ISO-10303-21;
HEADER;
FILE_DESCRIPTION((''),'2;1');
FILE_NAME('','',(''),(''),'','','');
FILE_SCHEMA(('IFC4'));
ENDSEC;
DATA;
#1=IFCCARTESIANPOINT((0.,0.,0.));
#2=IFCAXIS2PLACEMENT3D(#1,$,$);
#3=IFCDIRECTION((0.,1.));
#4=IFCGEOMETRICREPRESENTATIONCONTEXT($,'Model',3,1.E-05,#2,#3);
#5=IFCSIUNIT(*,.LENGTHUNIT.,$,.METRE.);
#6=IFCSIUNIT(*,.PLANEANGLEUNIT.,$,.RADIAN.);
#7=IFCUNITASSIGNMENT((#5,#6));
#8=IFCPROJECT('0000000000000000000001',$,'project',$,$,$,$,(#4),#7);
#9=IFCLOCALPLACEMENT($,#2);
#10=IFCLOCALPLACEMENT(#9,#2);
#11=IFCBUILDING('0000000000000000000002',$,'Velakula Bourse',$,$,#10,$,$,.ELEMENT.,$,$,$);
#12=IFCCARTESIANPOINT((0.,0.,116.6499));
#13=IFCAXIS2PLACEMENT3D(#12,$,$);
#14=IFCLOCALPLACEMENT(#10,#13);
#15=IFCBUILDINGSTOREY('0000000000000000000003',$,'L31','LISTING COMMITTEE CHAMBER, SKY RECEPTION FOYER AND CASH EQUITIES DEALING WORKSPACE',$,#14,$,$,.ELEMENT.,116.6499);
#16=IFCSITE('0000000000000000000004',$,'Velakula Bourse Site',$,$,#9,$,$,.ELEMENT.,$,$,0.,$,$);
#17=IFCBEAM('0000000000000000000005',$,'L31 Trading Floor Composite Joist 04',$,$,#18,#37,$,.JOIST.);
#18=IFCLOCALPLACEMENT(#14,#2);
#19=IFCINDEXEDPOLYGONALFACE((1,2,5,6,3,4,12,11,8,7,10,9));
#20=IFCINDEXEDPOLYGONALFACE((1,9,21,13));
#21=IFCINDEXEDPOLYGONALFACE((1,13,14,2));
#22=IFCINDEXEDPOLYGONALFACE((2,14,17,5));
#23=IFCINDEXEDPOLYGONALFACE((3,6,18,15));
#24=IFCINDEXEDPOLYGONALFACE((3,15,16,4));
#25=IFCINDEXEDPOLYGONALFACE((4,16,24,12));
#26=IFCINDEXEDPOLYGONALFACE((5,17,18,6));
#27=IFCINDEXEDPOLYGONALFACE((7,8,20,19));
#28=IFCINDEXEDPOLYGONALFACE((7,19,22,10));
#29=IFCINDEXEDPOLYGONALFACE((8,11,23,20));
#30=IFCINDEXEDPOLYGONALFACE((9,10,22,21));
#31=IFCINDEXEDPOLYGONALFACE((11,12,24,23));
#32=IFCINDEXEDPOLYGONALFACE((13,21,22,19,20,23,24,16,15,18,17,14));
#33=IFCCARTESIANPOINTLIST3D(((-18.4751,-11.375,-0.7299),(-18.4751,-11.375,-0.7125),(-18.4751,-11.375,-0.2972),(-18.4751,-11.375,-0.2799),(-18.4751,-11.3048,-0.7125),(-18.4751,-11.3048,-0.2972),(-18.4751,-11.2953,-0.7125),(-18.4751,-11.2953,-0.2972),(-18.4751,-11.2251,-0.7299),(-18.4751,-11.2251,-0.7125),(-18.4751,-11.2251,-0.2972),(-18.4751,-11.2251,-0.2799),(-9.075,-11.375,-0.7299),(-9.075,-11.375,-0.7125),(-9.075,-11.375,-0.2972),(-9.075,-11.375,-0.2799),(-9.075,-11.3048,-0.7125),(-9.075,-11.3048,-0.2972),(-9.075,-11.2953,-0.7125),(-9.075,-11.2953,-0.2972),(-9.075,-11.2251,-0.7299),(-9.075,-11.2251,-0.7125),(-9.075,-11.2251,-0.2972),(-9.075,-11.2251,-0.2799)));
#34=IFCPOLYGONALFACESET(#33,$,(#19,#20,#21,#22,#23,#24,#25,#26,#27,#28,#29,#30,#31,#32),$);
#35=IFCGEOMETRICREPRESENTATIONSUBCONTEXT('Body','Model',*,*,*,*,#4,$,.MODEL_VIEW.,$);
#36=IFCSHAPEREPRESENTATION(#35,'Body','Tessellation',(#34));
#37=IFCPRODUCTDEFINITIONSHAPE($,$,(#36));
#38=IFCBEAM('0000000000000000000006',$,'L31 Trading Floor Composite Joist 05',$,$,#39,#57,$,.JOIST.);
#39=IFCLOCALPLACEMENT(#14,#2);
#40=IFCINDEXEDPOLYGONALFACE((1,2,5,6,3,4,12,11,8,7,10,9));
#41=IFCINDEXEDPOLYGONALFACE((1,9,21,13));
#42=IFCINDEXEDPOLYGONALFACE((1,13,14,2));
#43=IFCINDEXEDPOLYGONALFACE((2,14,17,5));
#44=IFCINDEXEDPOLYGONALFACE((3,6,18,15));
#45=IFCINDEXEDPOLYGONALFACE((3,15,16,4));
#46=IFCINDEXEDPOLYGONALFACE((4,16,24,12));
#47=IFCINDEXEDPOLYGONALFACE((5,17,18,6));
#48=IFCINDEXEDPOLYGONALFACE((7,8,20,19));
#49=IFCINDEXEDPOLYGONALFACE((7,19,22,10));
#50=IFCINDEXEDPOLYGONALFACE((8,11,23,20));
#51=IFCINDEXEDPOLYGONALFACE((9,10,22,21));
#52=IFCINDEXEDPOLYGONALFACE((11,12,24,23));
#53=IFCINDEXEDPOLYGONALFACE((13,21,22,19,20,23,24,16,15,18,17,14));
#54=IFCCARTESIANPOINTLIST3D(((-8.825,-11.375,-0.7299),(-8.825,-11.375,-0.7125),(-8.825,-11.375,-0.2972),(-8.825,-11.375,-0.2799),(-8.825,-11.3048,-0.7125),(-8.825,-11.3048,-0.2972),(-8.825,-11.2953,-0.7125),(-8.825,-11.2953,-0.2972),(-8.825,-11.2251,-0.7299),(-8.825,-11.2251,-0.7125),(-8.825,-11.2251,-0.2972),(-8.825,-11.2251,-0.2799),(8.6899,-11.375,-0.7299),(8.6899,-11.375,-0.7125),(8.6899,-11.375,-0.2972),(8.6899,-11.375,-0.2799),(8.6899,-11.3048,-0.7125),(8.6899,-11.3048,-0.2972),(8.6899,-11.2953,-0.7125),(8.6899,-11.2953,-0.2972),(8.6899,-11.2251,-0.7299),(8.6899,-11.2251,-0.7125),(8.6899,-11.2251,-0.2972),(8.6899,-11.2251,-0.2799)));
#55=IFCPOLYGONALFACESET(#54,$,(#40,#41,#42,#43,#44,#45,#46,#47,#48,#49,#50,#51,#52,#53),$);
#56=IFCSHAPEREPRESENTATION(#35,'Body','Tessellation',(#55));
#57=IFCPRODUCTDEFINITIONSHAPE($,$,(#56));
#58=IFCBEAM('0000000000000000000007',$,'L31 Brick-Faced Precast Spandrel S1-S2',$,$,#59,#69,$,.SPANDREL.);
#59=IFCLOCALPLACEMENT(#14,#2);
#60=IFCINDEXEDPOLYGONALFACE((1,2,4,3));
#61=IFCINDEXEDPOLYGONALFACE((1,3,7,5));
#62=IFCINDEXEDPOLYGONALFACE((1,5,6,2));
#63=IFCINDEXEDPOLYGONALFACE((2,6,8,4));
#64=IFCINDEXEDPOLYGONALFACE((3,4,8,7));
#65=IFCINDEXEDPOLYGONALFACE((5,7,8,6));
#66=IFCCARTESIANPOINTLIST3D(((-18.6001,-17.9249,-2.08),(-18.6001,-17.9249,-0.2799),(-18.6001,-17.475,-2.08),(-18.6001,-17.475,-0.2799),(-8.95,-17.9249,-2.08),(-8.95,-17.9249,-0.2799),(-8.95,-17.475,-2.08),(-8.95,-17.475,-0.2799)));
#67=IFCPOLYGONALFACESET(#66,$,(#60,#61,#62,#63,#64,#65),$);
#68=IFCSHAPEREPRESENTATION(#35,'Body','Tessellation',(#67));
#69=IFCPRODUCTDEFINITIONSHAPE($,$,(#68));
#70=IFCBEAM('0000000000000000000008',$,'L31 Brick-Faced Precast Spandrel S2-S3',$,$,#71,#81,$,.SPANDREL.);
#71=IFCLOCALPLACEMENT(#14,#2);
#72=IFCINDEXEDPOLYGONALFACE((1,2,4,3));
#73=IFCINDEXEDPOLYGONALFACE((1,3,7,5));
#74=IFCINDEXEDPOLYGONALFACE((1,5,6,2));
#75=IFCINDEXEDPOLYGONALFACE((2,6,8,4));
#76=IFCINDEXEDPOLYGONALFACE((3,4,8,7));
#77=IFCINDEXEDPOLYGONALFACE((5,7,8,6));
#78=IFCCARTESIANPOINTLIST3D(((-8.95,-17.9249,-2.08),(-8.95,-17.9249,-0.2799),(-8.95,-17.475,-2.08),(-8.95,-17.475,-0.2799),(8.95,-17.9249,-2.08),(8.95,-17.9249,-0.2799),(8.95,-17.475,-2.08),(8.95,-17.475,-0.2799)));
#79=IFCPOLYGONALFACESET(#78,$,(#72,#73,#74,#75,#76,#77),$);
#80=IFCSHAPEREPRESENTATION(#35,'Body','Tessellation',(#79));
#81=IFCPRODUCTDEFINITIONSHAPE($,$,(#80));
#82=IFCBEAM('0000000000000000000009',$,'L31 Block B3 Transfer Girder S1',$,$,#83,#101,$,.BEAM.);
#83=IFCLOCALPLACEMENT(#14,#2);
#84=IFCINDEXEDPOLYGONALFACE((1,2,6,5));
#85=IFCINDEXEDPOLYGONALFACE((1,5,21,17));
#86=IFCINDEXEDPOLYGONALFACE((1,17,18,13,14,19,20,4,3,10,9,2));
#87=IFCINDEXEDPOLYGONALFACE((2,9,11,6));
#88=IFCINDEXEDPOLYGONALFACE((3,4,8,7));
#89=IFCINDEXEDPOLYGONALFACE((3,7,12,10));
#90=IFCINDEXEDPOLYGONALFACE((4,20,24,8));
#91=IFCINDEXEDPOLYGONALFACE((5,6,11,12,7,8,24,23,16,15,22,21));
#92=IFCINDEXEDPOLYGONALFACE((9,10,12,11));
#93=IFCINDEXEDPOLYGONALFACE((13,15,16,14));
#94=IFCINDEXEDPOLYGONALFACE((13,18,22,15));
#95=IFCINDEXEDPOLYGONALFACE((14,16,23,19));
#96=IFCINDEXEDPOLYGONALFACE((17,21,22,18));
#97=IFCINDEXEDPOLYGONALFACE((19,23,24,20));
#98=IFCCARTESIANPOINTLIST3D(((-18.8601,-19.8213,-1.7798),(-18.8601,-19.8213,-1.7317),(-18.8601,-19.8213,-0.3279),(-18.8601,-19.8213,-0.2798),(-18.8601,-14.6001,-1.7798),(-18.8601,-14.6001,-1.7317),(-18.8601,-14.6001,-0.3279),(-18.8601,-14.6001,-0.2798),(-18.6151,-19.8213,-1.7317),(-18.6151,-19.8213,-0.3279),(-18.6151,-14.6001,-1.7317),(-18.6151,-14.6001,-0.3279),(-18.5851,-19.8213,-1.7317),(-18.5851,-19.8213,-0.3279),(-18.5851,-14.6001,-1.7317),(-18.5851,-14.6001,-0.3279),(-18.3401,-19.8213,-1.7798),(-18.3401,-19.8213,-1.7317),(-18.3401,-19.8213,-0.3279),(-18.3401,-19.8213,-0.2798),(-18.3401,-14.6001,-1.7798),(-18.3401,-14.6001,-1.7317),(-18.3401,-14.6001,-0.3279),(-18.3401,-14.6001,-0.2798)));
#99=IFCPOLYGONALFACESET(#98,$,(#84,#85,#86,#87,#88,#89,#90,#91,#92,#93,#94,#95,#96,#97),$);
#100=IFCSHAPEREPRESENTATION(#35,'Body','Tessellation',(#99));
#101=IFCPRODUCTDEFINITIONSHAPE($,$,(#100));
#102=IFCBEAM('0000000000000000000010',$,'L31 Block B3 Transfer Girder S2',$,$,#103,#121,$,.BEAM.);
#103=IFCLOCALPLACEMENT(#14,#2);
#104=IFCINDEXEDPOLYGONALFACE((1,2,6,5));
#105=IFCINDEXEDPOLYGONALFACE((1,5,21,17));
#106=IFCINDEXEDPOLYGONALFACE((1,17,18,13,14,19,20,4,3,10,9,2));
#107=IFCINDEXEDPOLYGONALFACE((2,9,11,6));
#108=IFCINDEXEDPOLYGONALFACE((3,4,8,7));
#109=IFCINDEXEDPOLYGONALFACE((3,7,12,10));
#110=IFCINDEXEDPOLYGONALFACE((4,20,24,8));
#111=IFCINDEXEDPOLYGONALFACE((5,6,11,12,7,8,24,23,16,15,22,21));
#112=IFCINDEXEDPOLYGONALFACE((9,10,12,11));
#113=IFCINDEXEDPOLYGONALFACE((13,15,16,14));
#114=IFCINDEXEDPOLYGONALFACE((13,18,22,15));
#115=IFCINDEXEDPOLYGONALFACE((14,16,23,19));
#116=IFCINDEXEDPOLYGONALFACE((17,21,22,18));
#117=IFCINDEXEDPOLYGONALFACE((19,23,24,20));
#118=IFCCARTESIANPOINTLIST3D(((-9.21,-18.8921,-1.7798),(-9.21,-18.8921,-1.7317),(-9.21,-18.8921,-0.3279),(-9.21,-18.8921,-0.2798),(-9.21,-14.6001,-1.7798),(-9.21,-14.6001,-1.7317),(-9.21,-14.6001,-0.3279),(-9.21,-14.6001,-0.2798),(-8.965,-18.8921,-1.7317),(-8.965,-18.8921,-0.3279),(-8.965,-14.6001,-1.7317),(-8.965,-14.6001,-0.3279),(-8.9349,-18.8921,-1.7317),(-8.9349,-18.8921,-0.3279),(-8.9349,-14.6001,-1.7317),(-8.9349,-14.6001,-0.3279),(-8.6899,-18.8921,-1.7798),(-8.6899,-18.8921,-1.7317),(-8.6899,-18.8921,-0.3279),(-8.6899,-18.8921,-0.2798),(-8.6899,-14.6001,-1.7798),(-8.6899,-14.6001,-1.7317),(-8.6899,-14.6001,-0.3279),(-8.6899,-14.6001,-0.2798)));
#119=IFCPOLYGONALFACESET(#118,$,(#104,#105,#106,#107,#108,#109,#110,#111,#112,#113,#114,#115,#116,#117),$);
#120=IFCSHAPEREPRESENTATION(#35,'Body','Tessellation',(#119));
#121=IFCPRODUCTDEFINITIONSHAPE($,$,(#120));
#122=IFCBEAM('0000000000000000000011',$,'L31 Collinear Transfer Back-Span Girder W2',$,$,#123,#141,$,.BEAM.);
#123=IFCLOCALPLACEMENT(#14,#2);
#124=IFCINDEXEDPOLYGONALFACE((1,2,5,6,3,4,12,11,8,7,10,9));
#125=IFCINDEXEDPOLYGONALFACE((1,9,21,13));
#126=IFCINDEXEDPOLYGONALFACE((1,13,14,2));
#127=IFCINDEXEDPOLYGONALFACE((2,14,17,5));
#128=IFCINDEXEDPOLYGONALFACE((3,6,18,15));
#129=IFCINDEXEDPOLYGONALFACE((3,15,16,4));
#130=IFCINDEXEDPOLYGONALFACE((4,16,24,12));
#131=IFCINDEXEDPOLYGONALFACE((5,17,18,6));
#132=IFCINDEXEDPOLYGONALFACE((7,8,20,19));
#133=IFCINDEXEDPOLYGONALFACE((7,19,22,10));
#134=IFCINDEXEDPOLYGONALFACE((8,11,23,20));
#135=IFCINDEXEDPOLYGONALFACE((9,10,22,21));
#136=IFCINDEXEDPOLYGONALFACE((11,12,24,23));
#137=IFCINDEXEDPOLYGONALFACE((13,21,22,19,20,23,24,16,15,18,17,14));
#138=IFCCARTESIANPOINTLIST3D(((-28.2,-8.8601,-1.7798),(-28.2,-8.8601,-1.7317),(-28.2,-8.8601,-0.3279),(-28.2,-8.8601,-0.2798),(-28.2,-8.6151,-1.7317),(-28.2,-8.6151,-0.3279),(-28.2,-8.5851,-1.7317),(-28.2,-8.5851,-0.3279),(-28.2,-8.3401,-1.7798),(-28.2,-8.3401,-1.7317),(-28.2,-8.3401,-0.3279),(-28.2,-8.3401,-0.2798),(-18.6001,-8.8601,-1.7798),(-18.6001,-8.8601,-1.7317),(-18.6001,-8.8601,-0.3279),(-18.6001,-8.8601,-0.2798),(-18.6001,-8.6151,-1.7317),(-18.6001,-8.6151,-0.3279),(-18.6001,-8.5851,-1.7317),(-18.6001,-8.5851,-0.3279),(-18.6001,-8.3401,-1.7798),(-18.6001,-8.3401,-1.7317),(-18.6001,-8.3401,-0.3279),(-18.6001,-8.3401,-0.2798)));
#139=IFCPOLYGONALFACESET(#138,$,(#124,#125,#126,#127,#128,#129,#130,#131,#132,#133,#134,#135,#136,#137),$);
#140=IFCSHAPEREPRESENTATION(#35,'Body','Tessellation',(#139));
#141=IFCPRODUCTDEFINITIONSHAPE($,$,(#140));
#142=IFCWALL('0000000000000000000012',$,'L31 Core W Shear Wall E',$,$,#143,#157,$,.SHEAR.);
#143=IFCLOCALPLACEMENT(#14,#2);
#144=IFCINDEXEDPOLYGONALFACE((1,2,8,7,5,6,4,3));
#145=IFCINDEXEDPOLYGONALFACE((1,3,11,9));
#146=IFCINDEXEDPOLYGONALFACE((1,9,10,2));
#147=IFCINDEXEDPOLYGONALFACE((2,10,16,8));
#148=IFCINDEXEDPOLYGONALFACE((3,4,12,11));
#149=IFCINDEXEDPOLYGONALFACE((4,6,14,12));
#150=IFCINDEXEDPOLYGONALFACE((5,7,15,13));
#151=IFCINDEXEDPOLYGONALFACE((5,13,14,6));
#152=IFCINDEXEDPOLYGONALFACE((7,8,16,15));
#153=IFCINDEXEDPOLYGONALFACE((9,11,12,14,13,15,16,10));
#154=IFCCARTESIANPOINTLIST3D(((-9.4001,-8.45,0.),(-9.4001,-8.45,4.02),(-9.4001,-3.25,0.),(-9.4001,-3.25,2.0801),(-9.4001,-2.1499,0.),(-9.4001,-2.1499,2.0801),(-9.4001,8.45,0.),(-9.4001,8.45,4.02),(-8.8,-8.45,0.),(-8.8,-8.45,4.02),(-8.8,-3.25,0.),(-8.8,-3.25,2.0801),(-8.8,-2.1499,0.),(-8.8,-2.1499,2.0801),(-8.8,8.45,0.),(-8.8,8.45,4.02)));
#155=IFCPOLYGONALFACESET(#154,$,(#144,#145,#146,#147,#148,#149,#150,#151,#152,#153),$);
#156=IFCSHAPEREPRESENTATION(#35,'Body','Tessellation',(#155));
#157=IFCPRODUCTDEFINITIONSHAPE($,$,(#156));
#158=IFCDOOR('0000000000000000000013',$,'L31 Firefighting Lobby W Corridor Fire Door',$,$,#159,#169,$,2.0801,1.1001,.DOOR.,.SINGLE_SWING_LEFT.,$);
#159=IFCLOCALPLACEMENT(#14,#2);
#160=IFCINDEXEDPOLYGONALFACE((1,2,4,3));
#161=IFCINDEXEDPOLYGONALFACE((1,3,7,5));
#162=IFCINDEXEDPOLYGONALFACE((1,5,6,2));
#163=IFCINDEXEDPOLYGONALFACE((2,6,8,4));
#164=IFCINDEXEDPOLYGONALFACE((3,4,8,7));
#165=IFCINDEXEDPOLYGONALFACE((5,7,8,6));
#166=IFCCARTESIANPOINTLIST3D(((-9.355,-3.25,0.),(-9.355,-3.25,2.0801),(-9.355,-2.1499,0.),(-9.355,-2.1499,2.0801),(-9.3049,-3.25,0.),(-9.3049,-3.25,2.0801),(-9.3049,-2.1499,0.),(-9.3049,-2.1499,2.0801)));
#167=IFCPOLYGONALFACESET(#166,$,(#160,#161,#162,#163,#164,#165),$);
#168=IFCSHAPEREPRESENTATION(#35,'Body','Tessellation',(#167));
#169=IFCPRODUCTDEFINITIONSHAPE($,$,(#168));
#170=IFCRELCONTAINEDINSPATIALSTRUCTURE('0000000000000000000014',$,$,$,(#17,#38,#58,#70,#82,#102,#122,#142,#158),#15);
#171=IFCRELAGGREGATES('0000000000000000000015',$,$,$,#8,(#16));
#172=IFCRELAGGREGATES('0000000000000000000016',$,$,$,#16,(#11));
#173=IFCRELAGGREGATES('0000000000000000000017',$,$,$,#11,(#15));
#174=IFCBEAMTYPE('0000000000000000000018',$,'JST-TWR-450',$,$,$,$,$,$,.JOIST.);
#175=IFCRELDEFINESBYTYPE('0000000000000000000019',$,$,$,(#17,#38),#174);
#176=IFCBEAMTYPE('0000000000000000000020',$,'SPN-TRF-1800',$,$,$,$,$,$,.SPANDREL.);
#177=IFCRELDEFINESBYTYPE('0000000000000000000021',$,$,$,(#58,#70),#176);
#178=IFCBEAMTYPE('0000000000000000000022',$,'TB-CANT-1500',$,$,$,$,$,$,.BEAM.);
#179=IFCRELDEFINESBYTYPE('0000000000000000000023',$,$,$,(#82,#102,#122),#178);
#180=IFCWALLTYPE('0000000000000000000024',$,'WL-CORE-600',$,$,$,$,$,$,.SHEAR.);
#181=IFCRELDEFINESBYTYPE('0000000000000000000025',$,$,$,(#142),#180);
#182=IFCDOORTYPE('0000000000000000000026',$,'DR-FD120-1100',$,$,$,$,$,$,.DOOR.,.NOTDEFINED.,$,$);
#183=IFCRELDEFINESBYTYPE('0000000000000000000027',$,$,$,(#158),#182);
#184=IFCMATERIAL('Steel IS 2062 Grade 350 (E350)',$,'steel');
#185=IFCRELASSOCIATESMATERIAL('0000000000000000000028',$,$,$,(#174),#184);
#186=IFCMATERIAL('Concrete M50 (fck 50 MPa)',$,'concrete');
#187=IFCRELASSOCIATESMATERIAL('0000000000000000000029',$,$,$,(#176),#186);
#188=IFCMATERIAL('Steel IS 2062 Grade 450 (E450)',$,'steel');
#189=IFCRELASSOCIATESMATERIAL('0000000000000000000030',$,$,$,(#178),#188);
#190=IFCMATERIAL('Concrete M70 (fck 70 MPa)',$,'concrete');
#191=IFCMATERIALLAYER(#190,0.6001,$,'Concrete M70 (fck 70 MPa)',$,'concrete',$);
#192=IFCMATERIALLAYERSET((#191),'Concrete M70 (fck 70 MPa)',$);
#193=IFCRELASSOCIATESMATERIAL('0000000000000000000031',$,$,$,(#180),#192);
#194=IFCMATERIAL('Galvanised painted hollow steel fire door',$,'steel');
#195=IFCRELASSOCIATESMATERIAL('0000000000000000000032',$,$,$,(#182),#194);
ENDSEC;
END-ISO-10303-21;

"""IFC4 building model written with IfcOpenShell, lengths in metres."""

from ifc_helpers import new_model, si_unit, direction, frame, frame_2d, origin, origin_2d, place, context, subcontext, project, spatial, rectangle, i_section, extrude, material, layer, layer_set, material_profile, profile_set, type_object, element, fill, save


model = new_model("IFC4")

# Units and contexts
model_context = context("Model", 3, precision=1e-05, world=origin(), true_north=direction((0.0, 1.0)))
body_context = subcontext(model_context, "Body", "Model", "MODEL_VIEW")
ifc_project = project(units=[si_unit("LENGTHUNIT", "METRE"), si_unit("PLANEANGLEUNIT", "RADIAN")], contexts=[model_context])

# Site, building, storey
site_placement = place(None, origin())
site = spatial("IfcSite", under=ifc_project, at=site_placement, Name="Velakula Bourse Site", CompositionType="ELEMENT", RefElevation=0.0)
building_placement = place(site_placement, origin())
building = spatial("IfcBuilding", under=site, at=building_placement, Name="Velakula Bourse", CompositionType="ELEMENT")
storey_placement = place(building_placement, frame((0.0, 0.0, 116.6499)))
storey = spatial("IfcBuildingStorey", under=building, at=storey_placement, Name="L31", Description="LISTING COMMITTEE CHAMBER, SKY RECEPTION FOYER AND CASH EQUITIES DEALING WORKSPACE", CompositionType="ELEMENT", Elevation=116.6499)

# Shared definitions
ifc_material_1 = material(Name="Concrete M70 (fck 70 MPa)", Category="concrete")
ifc_material_2 = material(Name="Steel IS 2062 Grade 350 (E350)", Category="steel")

# Beams
ifc_material_profile_1 = material_profile(ifc_material_2, i_section(OverallWidth=0.1499, OverallDepth=0.45, WebThickness=0.0095, FlangeThickness=0.0173, at=origin_2d()), Name="Steel IS 2062 Grade 350 (E350)")
ifc_profile_set_1 = profile_set([ifc_material_profile_1], Name="Steel IS 2062 Grade 350 (E350)")
beam_type_1 = type_object("IfcBeamType", Name="JST-TWR-450", PredefinedType="JOIST", material=ifc_profile_set_1)
beam_1_placement = place(storey_placement, frame((-18.4751, -11.3, -0.5049), z_axis=(1.0, 0.0, 0.0), x_axis=(0.0, 1.0, 0.0)))
element("IfcBeam", 1, at=beam_1_placement, inside=storey, type_object=beam_type_1, Name="L31 Trading Floor Composite Joist 04", PredefinedType="JOIST", context=body_context, shape_type="SweptSolid", body=[
    extrude(i_section(OverallWidth=0.1499, OverallDepth=0.45, WebThickness=0.0095, FlangeThickness=0.0173, at=origin_2d()), origin(), (0.0, 0.0, 1.0), 9.4001),
])
beam_2_placement = place(storey_placement, frame((-8.825, -11.3, -0.5049), z_axis=(1.0, 0.0, 0.0), x_axis=(0.0, 1.0, 0.0)))
element("IfcBeam", 2, at=beam_2_placement, inside=storey, type_object=beam_type_1, Name="L31 Trading Floor Composite Joist 05", PredefinedType="JOIST", context=body_context, shape_type="SweptSolid", body=[
    extrude(i_section(OverallWidth=0.1499, OverallDepth=0.45, WebThickness=0.0095, FlangeThickness=0.0173, at=origin_2d()), origin(), (0.0, 0.0, 1.0), 17.5149),
])
ifc_material_3 = material(Name="Concrete M50 (fck 50 MPa)", Category="concrete")
ifc_material_profile_2 = material_profile(ifc_material_3, rectangle(XDim=0.45, YDim=1.8, at=origin_2d()), Name="Concrete M50 (fck 50 MPa)")
ifc_profile_set_2 = profile_set([ifc_material_profile_2], Name="Concrete M50 (fck 50 MPa)")
beam_type_2 = type_object("IfcBeamType", Name="SPN-TRF-1800", PredefinedType="SPANDREL", material=ifc_profile_set_2)
beam_3_placement = place(storey_placement, frame((-18.6001, -17.7, -1.1799), z_axis=(1.0, 0.0, 0.0), x_axis=(0.0, 1.0, 0.0)))
element("IfcBeam", 3, at=beam_3_placement, inside=storey, type_object=beam_type_2, Name="L31 Brick-Faced Precast Spandrel S1-S2", PredefinedType="SPANDREL", context=body_context, shape_type="SweptSolid", body=[
    extrude(rectangle(XDim=0.45, YDim=1.8, at=origin_2d()), origin(), (0.0, 0.0, 1.0), 9.6501),
])
beam_4_placement = place(storey_placement, frame((-8.95, -17.7, -1.1799), z_axis=(1.0, 0.0, 0.0), x_axis=(0.0, 1.0, 0.0)))
element("IfcBeam", 4, at=beam_4_placement, inside=storey, type_object=beam_type_2, Name="L31 Brick-Faced Precast Spandrel S2-S3", PredefinedType="SPANDREL", context=body_context, shape_type="SweptSolid", body=[
    extrude(rectangle(XDim=0.45, YDim=1.8, at=origin_2d()), origin(), (0.0, 0.0, 1.0), 17.8999),
])
ifc_material_4 = material(Name="Steel IS 2062 Grade 450 (E450)", Category="steel")
ifc_material_profile_3 = material_profile(ifc_material_4, i_section(OverallWidth=0.52, OverallDepth=1.5, WebThickness=0.03, FlangeThickness=0.0481, at=origin_2d()), Name="Steel IS 2062 Grade 450 (E450)")
ifc_profile_set_3 = profile_set([ifc_material_profile_3], Name="Steel IS 2062 Grade 450 (E450)")
beam_type_3 = type_object("IfcBeamType", Name="TB-CANT-1500", PredefinedType="BEAM", material=ifc_profile_set_3)
beam_5_placement = place(storey_placement, frame((-18.6001, -19.8213, -1.0298), z_axis=(0.0, 1.0, 0.0), x_axis=(-1.0, 0.0, 0.0)))
element("IfcBeam", 5, at=beam_5_placement, inside=storey, type_object=beam_type_3, Name="L31 Block B3 Transfer Girder S1", PredefinedType="BEAM", context=body_context, shape_type="SweptSolid", body=[
    extrude(i_section(OverallWidth=0.52, OverallDepth=1.5, WebThickness=0.03, FlangeThickness=0.0481, at=origin_2d()), origin(), (0.0, 0.0, 1.0), 5.2212),
])
beam_6_placement = place(storey_placement, frame((-8.95, -18.8921, -1.0298), z_axis=(0.0, 1.0, 0.0), x_axis=(-1.0, 0.0, 0.0)))
element("IfcBeam", 6, at=beam_6_placement, inside=storey, type_object=beam_type_3, Name="L31 Block B3 Transfer Girder S2", PredefinedType="BEAM", context=body_context, shape_type="SweptSolid", body=[
    extrude(i_section(OverallWidth=0.52, OverallDepth=1.5, WebThickness=0.03, FlangeThickness=0.0481, at=origin_2d()), origin(), (0.0, 0.0, 1.0), 4.292),
])
beam_7_placement = place(storey_placement, frame((-18.6001, -8.6001, -1.0298), z_axis=(-1.0, 0.0, 0.0), x_axis=(0.0, -1.0, 0.0)))
element("IfcBeam", 7, at=beam_7_placement, inside=storey, type_object=beam_type_3, Name="L31 Collinear Transfer Back-Span Girder W2", PredefinedType="BEAM", context=body_context, shape_type="SweptSolid", body=[
    extrude(i_section(OverallWidth=0.52, OverallDepth=1.5, WebThickness=0.03, FlangeThickness=0.0481, at=origin_2d()), origin(), (0.0, 0.0, 1.0), 9.5999),
])

# Wall, opening, door
ifc_layer_1 = layer(ifc_material_1, 0.6001, Name="Concrete M70 (fck 70 MPa)", Category="concrete")
ifc_layer_set_1 = layer_set([ifc_layer_1], Name="Concrete M70 (fck 70 MPa)")
wall_type_1 = type_object("IfcWallType", Name="WL-CORE-600", PredefinedType="SHEAR", material=ifc_layer_set_1)
wall_1_placement = place(storey_placement, frame((-9.1001, -8.45, 0.0), z_axis=(0.0, 0.0, 1.0), x_axis=(0.0, 1.0, 0.0)))
wall_1 = element("IfcWall", 8, at=wall_1_placement, inside=storey, type_object=wall_type_1, Name="L31 Core W Shear Wall E", PredefinedType="SHEAR", context=body_context, shape_type="SweptSolid", body=[
    extrude(rectangle(XDim=16.8999, YDim=0.6001, at=frame_2d((8.45, 0.0))), origin(), (0.0, 0.0, 1.0), 4.02),
])
opening_1_placement = place(wall_1_placement, frame((5.2, 0.0, 0.0)))
opening_1 = element("IfcOpeningElement", 9, at=opening_1_placement, cuts=wall_1, PredefinedType="OPENING", context=body_context, shape_type="SweptSolid", body=[
    extrude(rectangle(XDim=1.1001, YDim=2.0801, at=frame_2d((0.55, 1.04))), frame((0.0, 0.3101, 0.0), z_axis=(0.0, -1.0, 0.0), x_axis=(1.0, 0.0, 0.0)), (0.0, 0.0, 1.0), 0.6201),
])
ifc_material_5 = material(Name="Galvanised painted hollow steel fire door", Category="steel")
door_type = type_object("IfcDoorType", Name="DR-FD120-1100", OperationType="NOTDEFINED", PredefinedType="DOOR", material=ifc_material_5)
door_placement = place(opening_1_placement, origin())
door = element("IfcDoor", 10, at=door_placement, inside=storey, type_object=door_type, Name="L31 Firefighting Lobby W Corridor Fire Door", OperationType="SINGLE_SWING_LEFT", OverallHeight=2.0801, OverallWidth=1.1001, PredefinedType="DOOR", context=body_context, shape_type="SweptSolid", body=[
    extrude(rectangle(XDim=1.1001, YDim=2.0801, at=frame_2d((0.55, 1.04))), frame((0.0, 0.2549, 0.0), z_axis=(0.0, -1.0, 0.0), x_axis=(1.0, 0.0, 0.0)), (0.0, 0.0, 1.0), 0.05),
])
fill(opening_1, door)

save(model, "model.ifc")
